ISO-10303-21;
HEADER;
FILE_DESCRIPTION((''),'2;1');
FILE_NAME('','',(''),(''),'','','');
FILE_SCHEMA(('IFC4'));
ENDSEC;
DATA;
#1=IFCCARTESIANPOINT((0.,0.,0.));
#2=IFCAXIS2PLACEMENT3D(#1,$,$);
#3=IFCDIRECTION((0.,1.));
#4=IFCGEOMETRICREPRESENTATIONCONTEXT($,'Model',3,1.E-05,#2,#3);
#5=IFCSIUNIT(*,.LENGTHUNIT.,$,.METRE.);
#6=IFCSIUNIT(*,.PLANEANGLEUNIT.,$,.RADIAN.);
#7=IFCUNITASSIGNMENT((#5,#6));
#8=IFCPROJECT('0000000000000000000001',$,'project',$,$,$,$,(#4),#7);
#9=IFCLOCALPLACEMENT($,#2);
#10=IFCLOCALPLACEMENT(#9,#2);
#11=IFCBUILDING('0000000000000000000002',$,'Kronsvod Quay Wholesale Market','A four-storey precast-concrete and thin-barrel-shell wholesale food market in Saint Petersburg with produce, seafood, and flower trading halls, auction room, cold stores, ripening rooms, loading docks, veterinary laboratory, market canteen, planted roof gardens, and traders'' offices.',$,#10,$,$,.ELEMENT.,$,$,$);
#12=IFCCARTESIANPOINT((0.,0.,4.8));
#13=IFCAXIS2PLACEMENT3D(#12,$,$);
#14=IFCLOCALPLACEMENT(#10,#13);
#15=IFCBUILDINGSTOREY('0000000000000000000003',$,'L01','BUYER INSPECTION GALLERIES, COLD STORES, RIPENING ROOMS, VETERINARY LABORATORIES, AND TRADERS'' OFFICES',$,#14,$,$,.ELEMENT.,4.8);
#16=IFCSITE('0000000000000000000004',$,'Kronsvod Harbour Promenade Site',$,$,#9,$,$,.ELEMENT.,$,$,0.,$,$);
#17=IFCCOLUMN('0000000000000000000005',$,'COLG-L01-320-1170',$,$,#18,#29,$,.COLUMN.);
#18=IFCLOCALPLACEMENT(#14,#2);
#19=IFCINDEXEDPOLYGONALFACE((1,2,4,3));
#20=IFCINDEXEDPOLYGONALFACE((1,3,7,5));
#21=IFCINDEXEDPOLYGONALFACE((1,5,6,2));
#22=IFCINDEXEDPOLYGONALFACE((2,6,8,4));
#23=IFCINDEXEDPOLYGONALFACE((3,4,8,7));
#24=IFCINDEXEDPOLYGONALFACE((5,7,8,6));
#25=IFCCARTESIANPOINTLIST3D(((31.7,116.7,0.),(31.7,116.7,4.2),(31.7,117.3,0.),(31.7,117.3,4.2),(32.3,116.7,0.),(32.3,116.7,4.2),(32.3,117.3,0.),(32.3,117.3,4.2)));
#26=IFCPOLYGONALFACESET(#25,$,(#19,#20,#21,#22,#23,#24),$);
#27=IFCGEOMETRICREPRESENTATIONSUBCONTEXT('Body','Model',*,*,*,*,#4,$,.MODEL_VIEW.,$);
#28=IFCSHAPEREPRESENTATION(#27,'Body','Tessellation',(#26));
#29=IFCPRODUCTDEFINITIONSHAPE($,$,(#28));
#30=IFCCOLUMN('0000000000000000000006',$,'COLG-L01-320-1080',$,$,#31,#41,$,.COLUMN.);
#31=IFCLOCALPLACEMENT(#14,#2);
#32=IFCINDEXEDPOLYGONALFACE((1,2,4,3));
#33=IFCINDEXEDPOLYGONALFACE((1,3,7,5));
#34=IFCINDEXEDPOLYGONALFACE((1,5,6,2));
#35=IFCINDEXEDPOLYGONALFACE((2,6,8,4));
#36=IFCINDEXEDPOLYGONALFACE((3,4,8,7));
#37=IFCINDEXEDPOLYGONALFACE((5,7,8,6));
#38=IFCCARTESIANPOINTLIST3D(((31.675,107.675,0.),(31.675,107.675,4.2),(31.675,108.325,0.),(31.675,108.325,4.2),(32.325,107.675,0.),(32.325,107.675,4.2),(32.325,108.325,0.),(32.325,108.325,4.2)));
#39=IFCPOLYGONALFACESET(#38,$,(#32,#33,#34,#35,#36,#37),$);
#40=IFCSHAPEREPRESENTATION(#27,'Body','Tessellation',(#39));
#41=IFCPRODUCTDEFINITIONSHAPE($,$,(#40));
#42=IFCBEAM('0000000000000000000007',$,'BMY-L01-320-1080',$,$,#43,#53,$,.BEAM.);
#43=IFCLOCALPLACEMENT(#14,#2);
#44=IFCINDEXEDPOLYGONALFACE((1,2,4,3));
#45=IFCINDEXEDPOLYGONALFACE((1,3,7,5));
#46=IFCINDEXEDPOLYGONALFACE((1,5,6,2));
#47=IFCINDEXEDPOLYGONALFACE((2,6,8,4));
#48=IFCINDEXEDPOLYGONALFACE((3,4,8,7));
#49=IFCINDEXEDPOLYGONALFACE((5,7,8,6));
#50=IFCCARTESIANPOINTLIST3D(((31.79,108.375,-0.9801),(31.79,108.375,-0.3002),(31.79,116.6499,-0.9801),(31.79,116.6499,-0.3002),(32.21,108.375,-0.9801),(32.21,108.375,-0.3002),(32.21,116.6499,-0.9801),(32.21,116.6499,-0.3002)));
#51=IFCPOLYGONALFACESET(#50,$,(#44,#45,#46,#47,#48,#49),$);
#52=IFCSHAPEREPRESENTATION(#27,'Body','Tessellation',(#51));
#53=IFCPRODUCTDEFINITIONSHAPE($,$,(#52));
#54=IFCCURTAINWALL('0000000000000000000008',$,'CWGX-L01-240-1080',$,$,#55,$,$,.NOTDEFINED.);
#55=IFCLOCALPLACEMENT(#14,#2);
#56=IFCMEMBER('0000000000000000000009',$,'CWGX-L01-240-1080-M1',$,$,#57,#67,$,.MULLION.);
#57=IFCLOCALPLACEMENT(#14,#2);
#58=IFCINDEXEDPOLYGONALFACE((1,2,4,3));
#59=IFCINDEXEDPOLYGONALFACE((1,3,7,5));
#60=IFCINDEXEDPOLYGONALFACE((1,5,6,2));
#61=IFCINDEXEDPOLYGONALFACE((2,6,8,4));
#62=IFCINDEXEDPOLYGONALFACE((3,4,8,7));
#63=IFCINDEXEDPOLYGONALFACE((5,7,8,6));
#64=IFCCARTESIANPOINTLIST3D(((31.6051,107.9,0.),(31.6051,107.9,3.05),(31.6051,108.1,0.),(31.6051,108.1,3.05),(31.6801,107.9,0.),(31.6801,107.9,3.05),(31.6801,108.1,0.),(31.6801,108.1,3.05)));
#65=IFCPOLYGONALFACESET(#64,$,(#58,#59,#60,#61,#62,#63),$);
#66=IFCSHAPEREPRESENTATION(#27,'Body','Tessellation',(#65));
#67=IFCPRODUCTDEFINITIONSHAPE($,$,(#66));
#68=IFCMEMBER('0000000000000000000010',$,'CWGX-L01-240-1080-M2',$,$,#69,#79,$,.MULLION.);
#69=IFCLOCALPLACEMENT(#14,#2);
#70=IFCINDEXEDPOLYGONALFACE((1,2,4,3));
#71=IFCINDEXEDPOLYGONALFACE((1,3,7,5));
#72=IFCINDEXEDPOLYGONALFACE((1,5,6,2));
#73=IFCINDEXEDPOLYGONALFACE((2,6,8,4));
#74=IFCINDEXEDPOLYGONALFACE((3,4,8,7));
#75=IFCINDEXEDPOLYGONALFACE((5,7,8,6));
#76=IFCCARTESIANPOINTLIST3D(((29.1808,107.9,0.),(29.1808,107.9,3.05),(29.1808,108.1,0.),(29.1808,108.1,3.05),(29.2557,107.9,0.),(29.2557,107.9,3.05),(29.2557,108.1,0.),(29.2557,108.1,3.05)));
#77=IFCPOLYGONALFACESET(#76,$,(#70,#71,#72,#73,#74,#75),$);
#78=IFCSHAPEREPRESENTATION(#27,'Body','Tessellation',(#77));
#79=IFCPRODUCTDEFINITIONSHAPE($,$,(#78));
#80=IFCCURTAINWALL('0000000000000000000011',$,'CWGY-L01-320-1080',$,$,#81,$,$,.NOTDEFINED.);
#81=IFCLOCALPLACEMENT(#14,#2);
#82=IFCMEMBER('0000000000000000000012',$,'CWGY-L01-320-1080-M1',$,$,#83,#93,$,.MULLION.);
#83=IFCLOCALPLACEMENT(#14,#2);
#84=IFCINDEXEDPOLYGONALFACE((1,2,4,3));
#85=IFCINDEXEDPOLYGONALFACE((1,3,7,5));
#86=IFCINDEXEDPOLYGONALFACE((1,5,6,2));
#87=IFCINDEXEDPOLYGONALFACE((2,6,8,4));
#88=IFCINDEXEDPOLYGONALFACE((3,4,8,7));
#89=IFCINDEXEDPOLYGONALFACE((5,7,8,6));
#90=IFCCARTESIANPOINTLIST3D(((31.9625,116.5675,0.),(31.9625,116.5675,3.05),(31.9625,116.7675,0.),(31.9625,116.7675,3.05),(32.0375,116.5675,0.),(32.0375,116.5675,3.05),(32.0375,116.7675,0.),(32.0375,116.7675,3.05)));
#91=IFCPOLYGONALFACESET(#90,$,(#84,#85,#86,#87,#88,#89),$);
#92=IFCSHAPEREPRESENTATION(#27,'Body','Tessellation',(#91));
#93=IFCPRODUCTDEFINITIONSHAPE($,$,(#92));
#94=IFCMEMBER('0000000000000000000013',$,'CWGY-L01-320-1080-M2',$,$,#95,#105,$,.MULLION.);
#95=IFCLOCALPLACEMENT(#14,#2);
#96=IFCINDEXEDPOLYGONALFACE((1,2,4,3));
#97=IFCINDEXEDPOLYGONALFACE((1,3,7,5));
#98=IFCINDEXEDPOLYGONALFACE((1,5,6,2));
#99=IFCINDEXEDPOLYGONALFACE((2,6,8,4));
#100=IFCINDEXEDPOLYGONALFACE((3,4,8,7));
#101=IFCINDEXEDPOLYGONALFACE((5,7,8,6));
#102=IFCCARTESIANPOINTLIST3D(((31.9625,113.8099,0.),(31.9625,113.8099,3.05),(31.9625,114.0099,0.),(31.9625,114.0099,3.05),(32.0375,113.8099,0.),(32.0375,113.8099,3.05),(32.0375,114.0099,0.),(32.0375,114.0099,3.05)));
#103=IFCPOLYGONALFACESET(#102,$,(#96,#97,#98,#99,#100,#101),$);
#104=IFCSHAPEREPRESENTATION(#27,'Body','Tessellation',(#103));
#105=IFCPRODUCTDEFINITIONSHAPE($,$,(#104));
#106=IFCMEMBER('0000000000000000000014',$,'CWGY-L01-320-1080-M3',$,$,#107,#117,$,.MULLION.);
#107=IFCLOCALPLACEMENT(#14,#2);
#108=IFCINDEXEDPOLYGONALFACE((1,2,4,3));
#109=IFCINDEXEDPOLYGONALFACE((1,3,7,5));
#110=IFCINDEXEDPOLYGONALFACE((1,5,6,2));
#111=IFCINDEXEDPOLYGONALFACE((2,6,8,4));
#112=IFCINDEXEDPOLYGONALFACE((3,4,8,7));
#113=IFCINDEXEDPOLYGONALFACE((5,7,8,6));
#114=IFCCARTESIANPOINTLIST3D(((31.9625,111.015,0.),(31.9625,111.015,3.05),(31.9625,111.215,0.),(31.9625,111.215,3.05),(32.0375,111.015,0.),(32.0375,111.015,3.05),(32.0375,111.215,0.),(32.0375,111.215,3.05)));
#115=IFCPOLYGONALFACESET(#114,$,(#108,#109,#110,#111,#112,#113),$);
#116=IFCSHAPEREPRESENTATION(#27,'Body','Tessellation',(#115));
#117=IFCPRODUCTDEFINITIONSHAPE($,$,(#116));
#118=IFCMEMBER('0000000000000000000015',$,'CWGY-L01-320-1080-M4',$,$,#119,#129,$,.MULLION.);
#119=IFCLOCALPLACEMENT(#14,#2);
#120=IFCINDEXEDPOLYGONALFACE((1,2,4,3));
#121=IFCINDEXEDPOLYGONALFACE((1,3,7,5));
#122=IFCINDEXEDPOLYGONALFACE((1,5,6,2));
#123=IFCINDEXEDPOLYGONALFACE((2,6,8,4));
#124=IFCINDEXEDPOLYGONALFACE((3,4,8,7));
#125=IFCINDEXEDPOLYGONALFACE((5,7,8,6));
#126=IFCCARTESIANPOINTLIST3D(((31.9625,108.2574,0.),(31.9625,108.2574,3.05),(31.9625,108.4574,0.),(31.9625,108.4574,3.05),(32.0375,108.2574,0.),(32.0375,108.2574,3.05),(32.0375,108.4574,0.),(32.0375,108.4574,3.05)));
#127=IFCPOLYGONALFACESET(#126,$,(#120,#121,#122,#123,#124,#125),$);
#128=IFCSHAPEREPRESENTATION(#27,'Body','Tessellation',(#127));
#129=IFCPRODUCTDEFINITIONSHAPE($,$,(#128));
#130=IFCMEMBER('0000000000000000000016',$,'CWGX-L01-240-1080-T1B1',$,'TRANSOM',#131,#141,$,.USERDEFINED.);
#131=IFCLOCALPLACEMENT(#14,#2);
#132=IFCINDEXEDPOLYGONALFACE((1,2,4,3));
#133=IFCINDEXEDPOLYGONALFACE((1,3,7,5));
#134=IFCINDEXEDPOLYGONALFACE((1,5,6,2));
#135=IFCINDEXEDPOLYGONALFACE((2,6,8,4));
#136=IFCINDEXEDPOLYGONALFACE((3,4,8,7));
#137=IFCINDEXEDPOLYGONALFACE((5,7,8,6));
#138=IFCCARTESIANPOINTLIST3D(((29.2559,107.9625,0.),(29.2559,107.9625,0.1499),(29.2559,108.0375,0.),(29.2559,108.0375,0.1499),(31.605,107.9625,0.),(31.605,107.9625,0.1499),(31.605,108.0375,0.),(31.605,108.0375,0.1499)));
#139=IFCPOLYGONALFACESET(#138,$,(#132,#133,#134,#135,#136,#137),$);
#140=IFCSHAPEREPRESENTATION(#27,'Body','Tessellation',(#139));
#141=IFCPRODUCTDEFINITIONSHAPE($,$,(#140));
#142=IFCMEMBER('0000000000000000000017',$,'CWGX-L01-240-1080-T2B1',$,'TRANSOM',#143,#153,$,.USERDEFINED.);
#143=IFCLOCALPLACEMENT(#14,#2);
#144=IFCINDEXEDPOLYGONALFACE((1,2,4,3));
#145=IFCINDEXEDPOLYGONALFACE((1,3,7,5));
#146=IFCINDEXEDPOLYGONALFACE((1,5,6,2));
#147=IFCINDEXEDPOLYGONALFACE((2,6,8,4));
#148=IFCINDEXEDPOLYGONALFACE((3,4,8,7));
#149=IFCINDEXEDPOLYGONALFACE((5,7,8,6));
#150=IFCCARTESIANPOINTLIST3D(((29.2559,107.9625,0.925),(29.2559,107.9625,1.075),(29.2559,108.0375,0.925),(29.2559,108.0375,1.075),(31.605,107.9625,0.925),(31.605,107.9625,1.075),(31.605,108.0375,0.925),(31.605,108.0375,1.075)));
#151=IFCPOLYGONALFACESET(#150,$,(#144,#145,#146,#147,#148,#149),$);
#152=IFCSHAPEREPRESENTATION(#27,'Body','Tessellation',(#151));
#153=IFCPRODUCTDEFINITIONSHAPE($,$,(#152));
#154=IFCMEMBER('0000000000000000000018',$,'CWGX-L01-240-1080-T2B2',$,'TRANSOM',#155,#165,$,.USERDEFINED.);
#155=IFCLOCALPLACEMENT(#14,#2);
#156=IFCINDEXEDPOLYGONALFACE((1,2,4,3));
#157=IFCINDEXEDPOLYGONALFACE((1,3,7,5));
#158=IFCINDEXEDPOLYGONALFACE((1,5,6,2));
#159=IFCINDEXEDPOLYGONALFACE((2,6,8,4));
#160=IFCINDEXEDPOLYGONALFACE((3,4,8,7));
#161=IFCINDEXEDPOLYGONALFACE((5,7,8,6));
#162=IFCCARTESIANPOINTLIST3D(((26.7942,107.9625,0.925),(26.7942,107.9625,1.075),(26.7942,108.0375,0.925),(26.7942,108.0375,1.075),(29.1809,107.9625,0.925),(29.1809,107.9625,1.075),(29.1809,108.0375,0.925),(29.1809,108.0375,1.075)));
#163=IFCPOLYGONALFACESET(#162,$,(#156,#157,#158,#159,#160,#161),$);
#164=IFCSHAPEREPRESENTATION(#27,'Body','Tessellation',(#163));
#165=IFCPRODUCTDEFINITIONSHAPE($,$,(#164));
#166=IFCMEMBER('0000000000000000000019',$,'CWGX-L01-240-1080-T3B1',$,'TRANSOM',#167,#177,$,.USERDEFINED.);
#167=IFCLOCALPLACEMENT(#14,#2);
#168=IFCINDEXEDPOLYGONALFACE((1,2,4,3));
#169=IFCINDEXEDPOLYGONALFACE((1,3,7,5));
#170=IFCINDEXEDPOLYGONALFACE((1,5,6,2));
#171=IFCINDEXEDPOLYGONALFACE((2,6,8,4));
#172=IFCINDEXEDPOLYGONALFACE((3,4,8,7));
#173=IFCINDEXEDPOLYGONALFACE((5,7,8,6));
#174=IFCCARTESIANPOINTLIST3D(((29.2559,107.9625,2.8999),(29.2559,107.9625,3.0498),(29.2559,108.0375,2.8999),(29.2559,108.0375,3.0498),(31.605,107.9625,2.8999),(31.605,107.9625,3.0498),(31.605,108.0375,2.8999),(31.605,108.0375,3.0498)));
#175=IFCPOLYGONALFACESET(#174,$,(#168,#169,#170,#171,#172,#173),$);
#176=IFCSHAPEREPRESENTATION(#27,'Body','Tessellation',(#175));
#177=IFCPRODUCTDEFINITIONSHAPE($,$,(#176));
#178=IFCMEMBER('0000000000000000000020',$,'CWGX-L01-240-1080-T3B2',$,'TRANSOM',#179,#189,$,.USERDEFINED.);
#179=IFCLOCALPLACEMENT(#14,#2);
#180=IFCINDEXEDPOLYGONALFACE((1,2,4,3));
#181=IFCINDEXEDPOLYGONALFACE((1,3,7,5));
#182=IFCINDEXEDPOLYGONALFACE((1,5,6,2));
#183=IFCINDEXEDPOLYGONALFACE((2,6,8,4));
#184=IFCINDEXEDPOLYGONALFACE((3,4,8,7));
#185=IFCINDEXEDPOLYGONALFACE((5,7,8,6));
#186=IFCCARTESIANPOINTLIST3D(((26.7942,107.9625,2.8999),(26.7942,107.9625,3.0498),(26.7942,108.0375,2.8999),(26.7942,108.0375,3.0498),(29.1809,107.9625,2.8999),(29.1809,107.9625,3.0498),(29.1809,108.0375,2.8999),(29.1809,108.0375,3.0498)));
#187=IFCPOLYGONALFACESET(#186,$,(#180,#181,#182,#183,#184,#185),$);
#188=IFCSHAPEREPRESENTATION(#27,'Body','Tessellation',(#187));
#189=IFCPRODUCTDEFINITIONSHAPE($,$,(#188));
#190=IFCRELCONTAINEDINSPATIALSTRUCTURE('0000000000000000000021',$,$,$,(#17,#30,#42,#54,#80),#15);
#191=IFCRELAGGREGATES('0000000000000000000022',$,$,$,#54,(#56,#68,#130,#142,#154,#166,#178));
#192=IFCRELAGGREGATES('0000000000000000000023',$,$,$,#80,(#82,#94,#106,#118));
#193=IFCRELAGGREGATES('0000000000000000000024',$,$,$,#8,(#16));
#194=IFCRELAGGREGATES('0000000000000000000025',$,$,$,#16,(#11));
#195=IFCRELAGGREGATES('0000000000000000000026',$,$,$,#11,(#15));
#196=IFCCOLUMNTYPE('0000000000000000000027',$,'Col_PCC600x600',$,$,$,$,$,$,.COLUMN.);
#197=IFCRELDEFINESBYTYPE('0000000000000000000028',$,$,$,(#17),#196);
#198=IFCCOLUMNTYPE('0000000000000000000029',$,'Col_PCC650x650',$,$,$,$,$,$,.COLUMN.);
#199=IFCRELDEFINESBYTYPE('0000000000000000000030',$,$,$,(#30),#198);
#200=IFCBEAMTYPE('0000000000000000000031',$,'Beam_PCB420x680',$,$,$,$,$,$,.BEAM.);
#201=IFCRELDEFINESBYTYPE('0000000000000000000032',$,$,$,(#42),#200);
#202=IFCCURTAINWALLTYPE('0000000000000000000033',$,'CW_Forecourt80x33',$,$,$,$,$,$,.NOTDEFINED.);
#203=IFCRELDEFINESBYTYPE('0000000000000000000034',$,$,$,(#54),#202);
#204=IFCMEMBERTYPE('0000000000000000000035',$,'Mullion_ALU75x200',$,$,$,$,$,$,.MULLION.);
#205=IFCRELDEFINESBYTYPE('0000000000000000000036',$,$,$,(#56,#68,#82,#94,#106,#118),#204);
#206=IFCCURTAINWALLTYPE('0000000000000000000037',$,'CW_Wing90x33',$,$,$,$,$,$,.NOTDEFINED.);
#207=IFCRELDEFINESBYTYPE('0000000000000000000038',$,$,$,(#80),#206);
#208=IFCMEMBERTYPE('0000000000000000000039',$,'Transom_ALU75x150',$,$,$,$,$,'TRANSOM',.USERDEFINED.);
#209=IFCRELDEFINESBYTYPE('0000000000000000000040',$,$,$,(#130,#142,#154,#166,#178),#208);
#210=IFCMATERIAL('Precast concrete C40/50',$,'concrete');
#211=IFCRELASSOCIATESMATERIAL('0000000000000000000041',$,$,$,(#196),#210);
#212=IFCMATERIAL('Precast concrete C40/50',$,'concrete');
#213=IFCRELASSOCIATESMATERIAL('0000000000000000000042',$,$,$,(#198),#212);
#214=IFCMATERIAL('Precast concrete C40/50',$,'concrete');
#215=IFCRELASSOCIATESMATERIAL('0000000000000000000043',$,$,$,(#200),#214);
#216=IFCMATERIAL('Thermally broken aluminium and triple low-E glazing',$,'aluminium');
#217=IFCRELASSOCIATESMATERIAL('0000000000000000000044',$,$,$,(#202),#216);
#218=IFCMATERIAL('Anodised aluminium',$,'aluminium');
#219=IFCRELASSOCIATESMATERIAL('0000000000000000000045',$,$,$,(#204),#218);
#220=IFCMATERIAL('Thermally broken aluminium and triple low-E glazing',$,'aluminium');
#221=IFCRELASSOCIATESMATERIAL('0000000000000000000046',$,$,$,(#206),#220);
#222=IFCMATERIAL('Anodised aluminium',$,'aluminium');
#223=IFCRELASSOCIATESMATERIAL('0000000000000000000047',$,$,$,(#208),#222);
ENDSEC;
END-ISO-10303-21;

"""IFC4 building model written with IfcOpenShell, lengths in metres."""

from ifc_helpers import new_model, si_unit, direction, frame, origin, origin_2d, place, context, subcontext, project, spatial, rectangle, extrude, material, material_profile, profile_set, type_object, element, aggregate, save


model = new_model("IFC4")

# Units and contexts
model_context = context("Model", 3, precision=1e-05, world=origin(), true_north=direction((0.0, 1.0)))
body_context = subcontext(model_context, "Body", "Model", "MODEL_VIEW")
ifc_project = project(units=[si_unit("LENGTHUNIT", "METRE"), si_unit("PLANEANGLEUNIT", "RADIAN")], contexts=[model_context])

# Site, building, storey
site_placement = place(None, origin())
site = spatial("IfcSite", under=ifc_project, at=site_placement, Name="Kronsvod Harbour Promenade Site", CompositionType="ELEMENT", RefElevation=0.0)
building_placement = place(site_placement, origin())
building = spatial("IfcBuilding", under=site, at=building_placement, Name="Kronsvod Quay Wholesale Market", Description="A four-storey precast-concrete and thin-barrel-shell wholesale food market in Saint Petersburg with produce, seafood, and flower trading halls, auction room, cold stores, ripening rooms, loading docks, veterinary laboratory, market canteen, planted roof gardens, and traders' offices.", CompositionType="ELEMENT")
storey_placement = place(building_placement, frame((0.0, 0.0, 4.8)))
storey = spatial("IfcBuildingStorey", under=building, at=storey_placement, Name="L01", Description="BUYER INSPECTION GALLERIES, COLD STORES, RIPENING ROOMS, VETERINARY LABORATORIES, AND TRADERS' OFFICES", CompositionType="ELEMENT", Elevation=4.8)

# Columns
ifc_material_1 = material(Name="Precast concrete C40/50", Category="concrete")
ifc_material_profile_1 = material_profile(ifc_material_1, rectangle(XDim=0.6001, YDim=0.6001, at=origin_2d()), Name="PCC600x600")
ifc_profile_set_1 = profile_set([ifc_material_profile_1], Name="Precast concrete C40/50")
column_type_1 = type_object("IfcColumnType", Name="Col_PCC600x600", PredefinedType="COLUMN", material=ifc_profile_set_1)
column_1_placement = place(storey_placement, frame((32.0, 117.0, 0.0), z_axis=(0.0, 0.0, 1.0), x_axis=(1.0, 0.0, 0.0)))
element("IfcColumn", 1, at=column_1_placement, inside=storey, type_object=column_type_1, Name="COLG-L01-320-1170", PredefinedType="COLUMN", context=body_context, shape_type="SweptSolid", body=[
    extrude(rectangle(XDim=0.6001, YDim=0.6001, at=origin_2d()), origin(), (0.0, 0.0, 1.0), 4.2),
])
ifc_material_2 = material(Name="Precast concrete C40/50", Category="concrete")
ifc_material_profile_2 = material_profile(ifc_material_2, rectangle(XDim=0.6499, YDim=0.6499, at=origin_2d()), Name="COL-08")
ifc_profile_set_2 = profile_set([ifc_material_profile_2], Name="Precast concrete C40/50")
column_type_2 = type_object("IfcColumnType", Name="Col_PCC650x650", PredefinedType="COLUMN", material=ifc_profile_set_2)
column_2_placement = place(storey_placement, frame((32.0, 108.0, 0.0), z_axis=(0.0, 0.0, 1.0), x_axis=(1.0, 0.0, 0.0)))
element("IfcColumn", 2, at=column_2_placement, inside=storey, type_object=column_type_2, Name="COLG-L01-320-1080", PredefinedType="COLUMN", context=body_context, shape_type="SweptSolid", body=[
    extrude(rectangle(XDim=0.6499, YDim=0.6499, at=origin_2d()), origin(), (0.0, 0.0, 1.0), 4.2),
])

# Beam
ifc_material_3 = material(Name="Precast concrete C40/50", Category="concrete")
ifc_material_profile_3 = material_profile(ifc_material_3, rectangle(XDim=0.4199, YDim=0.6799, at=origin_2d()), Name="PB-05")
ifc_profile_set_3 = profile_set([ifc_material_profile_3], Name="Precast concrete C40/50")
beam_type = type_object("IfcBeamType", Name="Beam_PCB420x680", PredefinedType="BEAM", material=ifc_profile_set_3)
beam_placement = place(storey_placement, frame((32.0, 108.375, -0.6401), z_axis=(0.0, 1.0, 0.0), x_axis=(-1.0, 0.0, 0.0)))
element("IfcBeam", 3, at=beam_placement, inside=storey, type_object=beam_type, Name="BMY-L01-320-1080", PredefinedType="BEAM", context=body_context, shape_type="SweptSolid", body=[
    extrude(rectangle(XDim=0.4199, YDim=0.6799, at=origin_2d()), origin(), (0.0, 0.0, 1.0), 8.2749),
])

# Curtain walls, members
ifc_material_4 = material(Name="Thermally broken aluminium and triple low-E glazing", Category="aluminium")
curtain_wall_type_1 = type_object("IfcCurtainWallType", Name="CW_Forecourt80x33", PredefinedType="NOTDEFINED", material=ifc_material_4)
curtain_wall_1_placement = place(storey_placement, origin())
curtain_wall_1 = element("IfcCurtainWall", 4, at=curtain_wall_1_placement, inside=storey, type_object=curtain_wall_type_1, Name="CWGX-L01-240-1080", PredefinedType="NOTDEFINED")
ifc_material_5 = material(Name="Anodised aluminium", Category="aluminium")
ifc_material_profile_4 = material_profile(ifc_material_5, rectangle(XDim=0.075, YDim=0.2, at=origin_2d()), Name="ALUM75x200")
ifc_profile_set_4 = profile_set([ifc_material_profile_4], Name="Anodised aluminium")
member_type_1 = type_object("IfcMemberType", Name="Mullion_ALU75x200", PredefinedType="MULLION", material=ifc_profile_set_4)
member_1_placement = place(storey_placement, frame((31.6426, 108.0, 0.0), z_axis=(0.0, 0.0, 1.0), x_axis=(1.0, 0.0, 0.0)))
member_1 = element("IfcMember", 5, at=member_1_placement, type_object=member_type_1, Name="CWGX-L01-240-1080-M1", PredefinedType="MULLION", context=body_context, shape_type="SweptSolid", body=[
    extrude(rectangle(XDim=0.075, YDim=0.2, at=origin_2d()), origin(), (0.0, 0.0, 1.0), 3.05),
])
member_2_placement = place(storey_placement, frame((29.2183, 108.0, 0.0), z_axis=(0.0, 0.0, 1.0), x_axis=(1.0, 0.0, 0.0)))
member_2 = element("IfcMember", 6, at=member_2_placement, type_object=member_type_1, Name="CWGX-L01-240-1080-M2", PredefinedType="MULLION", context=body_context, shape_type="SweptSolid", body=[
    extrude(rectangle(XDim=0.075, YDim=0.2, at=origin_2d()), origin(), (0.0, 0.0, 1.0), 3.05),
])
ifc_material_6 = material(Name="Thermally broken aluminium and triple low-E glazing", Category="aluminium")
curtain_wall_type_2 = type_object("IfcCurtainWallType", Name="CW_Wing90x33", PredefinedType="NOTDEFINED", material=ifc_material_6)
curtain_wall_2_placement = place(storey_placement, origin())
curtain_wall_2 = element("IfcCurtainWall", 7, at=curtain_wall_2_placement, inside=storey, type_object=curtain_wall_type_2, Name="CWGY-L01-320-1080", PredefinedType="NOTDEFINED")
member_3_placement = place(storey_placement, frame((32.0, 116.6675, 0.0), z_axis=(0.0, 0.0, 1.0), x_axis=(1.0, 0.0, 0.0)))
member_3 = element("IfcMember", 8, at=member_3_placement, type_object=member_type_1, Name="CWGY-L01-320-1080-M1", PredefinedType="MULLION", context=body_context, shape_type="SweptSolid", body=[
    extrude(rectangle(XDim=0.075, YDim=0.2, at=origin_2d()), origin(), (0.0, 0.0, 1.0), 3.05),
])
member_4_placement = place(storey_placement, frame((32.0, 113.9099, 0.0), z_axis=(0.0, 0.0, 1.0), x_axis=(1.0, 0.0, 0.0)))
member_4 = element("IfcMember", 9, at=member_4_placement, type_object=member_type_1, Name="CWGY-L01-320-1080-M2", PredefinedType="MULLION", context=body_context, shape_type="SweptSolid", body=[
    extrude(rectangle(XDim=0.075, YDim=0.2, at=origin_2d()), origin(), (0.0, 0.0, 1.0), 3.05),
])
member_5_placement = place(storey_placement, frame((32.0, 111.115, 0.0), z_axis=(0.0, 0.0, 1.0), x_axis=(1.0, 0.0, 0.0)))
member_5 = element("IfcMember", 10, at=member_5_placement, type_object=member_type_1, Name="CWGY-L01-320-1080-M3", PredefinedType="MULLION", context=body_context, shape_type="SweptSolid", body=[
    extrude(rectangle(XDim=0.075, YDim=0.2, at=origin_2d()), origin(), (0.0, 0.0, 1.0), 3.05),
])
member_6_placement = place(storey_placement, frame((32.0, 108.3574, 0.0), z_axis=(0.0, 0.0, 1.0), x_axis=(1.0, 0.0, 0.0)))
member_6 = element("IfcMember", 11, at=member_6_placement, type_object=member_type_1, Name="CWGY-L01-320-1080-M4", PredefinedType="MULLION", context=body_context, shape_type="SweptSolid", body=[
    extrude(rectangle(XDim=0.075, YDim=0.2, at=origin_2d()), origin(), (0.0, 0.0, 1.0), 3.05),
])

# Members
ifc_material_7 = material(Name="Anodised aluminium", Category="aluminium")
ifc_material_profile_5 = material_profile(ifc_material_7, rectangle(XDim=0.075, YDim=0.1499, at=origin_2d()), Name="ALUT75x150")
ifc_profile_set_5 = profile_set([ifc_material_profile_5], Name="Anodised aluminium")
member_type_2 = type_object("IfcMemberType", Name="Transom_ALU75x150", ElementType="TRANSOM", PredefinedType="USERDEFINED", material=ifc_profile_set_5)
member_7_placement = place(storey_placement, frame((31.605, 108.0, 0.075), z_axis=(-1.0, 0.0, 0.0), x_axis=(0.0, -1.0, 0.0)))
member_7 = element("IfcMember", 12, at=member_7_placement, type_object=member_type_2, Name="CWGX-L01-240-1080-T1B1", ObjectType="TRANSOM", PredefinedType="USERDEFINED", context=body_context, shape_type="SweptSolid", body=[
    extrude(rectangle(XDim=0.075, YDim=0.1499, at=origin_2d()), origin(), (0.0, 0.0, 1.0), 2.3491),
])
member_8_placement = place(storey_placement, frame((31.605, 108.0, 1.0), z_axis=(-1.0, 0.0, 0.0), x_axis=(0.0, -1.0, 0.0)))
member_8 = element("IfcMember", 13, at=member_8_placement, type_object=member_type_2, Name="CWGX-L01-240-1080-T2B1", ObjectType="TRANSOM", PredefinedType="USERDEFINED", context=body_context, shape_type="SweptSolid", body=[
    extrude(rectangle(XDim=0.075, YDim=0.1499, at=origin_2d()), origin(), (0.0, 0.0, 1.0), 2.3491),
])
member_9_placement = place(storey_placement, frame((29.1809, 108.0, 1.0), z_axis=(-1.0, 0.0, 0.0), x_axis=(0.0, -1.0, 0.0)))
member_9 = element("IfcMember", 14, at=member_9_placement, type_object=member_type_2, Name="CWGX-L01-240-1080-T2B2", ObjectType="TRANSOM", PredefinedType="USERDEFINED", context=body_context, shape_type="SweptSolid", body=[
    extrude(rectangle(XDim=0.075, YDim=0.1499, at=origin_2d()), origin(), (0.0, 0.0, 1.0), 2.3867),
])
member_10_placement = place(storey_placement, frame((31.605, 108.0, 2.9749), z_axis=(-1.0, 0.0, 0.0), x_axis=(0.0, -1.0, 0.0)))
member_10 = element("IfcMember", 15, at=member_10_placement, type_object=member_type_2, Name="CWGX-L01-240-1080-T3B1", ObjectType="TRANSOM", PredefinedType="USERDEFINED", context=body_context, shape_type="SweptSolid", body=[
    extrude(rectangle(XDim=0.075, YDim=0.1499, at=origin_2d()), origin(), (0.0, 0.0, 1.0), 2.3491),
])
member_11_placement = place(storey_placement, frame((29.1809, 108.0, 2.9749), z_axis=(-1.0, 0.0, 0.0), x_axis=(0.0, -1.0, 0.0)))
member_11 = element("IfcMember", 16, at=member_11_placement, type_object=member_type_2, Name="CWGX-L01-240-1080-T3B2", ObjectType="TRANSOM", PredefinedType="USERDEFINED", context=body_context, shape_type="SweptSolid", body=[
    extrude(rectangle(XDim=0.075, YDim=0.1499, at=origin_2d()), origin(), (0.0, 0.0, 1.0), 2.3867),
])

aggregate(curtain_wall_1, [member_1, member_2, member_7, member_8, member_9, member_10, member_11])
aggregate(curtain_wall_2, [member_3, member_4, member_5, member_6])

save(model, "model.ifc")
